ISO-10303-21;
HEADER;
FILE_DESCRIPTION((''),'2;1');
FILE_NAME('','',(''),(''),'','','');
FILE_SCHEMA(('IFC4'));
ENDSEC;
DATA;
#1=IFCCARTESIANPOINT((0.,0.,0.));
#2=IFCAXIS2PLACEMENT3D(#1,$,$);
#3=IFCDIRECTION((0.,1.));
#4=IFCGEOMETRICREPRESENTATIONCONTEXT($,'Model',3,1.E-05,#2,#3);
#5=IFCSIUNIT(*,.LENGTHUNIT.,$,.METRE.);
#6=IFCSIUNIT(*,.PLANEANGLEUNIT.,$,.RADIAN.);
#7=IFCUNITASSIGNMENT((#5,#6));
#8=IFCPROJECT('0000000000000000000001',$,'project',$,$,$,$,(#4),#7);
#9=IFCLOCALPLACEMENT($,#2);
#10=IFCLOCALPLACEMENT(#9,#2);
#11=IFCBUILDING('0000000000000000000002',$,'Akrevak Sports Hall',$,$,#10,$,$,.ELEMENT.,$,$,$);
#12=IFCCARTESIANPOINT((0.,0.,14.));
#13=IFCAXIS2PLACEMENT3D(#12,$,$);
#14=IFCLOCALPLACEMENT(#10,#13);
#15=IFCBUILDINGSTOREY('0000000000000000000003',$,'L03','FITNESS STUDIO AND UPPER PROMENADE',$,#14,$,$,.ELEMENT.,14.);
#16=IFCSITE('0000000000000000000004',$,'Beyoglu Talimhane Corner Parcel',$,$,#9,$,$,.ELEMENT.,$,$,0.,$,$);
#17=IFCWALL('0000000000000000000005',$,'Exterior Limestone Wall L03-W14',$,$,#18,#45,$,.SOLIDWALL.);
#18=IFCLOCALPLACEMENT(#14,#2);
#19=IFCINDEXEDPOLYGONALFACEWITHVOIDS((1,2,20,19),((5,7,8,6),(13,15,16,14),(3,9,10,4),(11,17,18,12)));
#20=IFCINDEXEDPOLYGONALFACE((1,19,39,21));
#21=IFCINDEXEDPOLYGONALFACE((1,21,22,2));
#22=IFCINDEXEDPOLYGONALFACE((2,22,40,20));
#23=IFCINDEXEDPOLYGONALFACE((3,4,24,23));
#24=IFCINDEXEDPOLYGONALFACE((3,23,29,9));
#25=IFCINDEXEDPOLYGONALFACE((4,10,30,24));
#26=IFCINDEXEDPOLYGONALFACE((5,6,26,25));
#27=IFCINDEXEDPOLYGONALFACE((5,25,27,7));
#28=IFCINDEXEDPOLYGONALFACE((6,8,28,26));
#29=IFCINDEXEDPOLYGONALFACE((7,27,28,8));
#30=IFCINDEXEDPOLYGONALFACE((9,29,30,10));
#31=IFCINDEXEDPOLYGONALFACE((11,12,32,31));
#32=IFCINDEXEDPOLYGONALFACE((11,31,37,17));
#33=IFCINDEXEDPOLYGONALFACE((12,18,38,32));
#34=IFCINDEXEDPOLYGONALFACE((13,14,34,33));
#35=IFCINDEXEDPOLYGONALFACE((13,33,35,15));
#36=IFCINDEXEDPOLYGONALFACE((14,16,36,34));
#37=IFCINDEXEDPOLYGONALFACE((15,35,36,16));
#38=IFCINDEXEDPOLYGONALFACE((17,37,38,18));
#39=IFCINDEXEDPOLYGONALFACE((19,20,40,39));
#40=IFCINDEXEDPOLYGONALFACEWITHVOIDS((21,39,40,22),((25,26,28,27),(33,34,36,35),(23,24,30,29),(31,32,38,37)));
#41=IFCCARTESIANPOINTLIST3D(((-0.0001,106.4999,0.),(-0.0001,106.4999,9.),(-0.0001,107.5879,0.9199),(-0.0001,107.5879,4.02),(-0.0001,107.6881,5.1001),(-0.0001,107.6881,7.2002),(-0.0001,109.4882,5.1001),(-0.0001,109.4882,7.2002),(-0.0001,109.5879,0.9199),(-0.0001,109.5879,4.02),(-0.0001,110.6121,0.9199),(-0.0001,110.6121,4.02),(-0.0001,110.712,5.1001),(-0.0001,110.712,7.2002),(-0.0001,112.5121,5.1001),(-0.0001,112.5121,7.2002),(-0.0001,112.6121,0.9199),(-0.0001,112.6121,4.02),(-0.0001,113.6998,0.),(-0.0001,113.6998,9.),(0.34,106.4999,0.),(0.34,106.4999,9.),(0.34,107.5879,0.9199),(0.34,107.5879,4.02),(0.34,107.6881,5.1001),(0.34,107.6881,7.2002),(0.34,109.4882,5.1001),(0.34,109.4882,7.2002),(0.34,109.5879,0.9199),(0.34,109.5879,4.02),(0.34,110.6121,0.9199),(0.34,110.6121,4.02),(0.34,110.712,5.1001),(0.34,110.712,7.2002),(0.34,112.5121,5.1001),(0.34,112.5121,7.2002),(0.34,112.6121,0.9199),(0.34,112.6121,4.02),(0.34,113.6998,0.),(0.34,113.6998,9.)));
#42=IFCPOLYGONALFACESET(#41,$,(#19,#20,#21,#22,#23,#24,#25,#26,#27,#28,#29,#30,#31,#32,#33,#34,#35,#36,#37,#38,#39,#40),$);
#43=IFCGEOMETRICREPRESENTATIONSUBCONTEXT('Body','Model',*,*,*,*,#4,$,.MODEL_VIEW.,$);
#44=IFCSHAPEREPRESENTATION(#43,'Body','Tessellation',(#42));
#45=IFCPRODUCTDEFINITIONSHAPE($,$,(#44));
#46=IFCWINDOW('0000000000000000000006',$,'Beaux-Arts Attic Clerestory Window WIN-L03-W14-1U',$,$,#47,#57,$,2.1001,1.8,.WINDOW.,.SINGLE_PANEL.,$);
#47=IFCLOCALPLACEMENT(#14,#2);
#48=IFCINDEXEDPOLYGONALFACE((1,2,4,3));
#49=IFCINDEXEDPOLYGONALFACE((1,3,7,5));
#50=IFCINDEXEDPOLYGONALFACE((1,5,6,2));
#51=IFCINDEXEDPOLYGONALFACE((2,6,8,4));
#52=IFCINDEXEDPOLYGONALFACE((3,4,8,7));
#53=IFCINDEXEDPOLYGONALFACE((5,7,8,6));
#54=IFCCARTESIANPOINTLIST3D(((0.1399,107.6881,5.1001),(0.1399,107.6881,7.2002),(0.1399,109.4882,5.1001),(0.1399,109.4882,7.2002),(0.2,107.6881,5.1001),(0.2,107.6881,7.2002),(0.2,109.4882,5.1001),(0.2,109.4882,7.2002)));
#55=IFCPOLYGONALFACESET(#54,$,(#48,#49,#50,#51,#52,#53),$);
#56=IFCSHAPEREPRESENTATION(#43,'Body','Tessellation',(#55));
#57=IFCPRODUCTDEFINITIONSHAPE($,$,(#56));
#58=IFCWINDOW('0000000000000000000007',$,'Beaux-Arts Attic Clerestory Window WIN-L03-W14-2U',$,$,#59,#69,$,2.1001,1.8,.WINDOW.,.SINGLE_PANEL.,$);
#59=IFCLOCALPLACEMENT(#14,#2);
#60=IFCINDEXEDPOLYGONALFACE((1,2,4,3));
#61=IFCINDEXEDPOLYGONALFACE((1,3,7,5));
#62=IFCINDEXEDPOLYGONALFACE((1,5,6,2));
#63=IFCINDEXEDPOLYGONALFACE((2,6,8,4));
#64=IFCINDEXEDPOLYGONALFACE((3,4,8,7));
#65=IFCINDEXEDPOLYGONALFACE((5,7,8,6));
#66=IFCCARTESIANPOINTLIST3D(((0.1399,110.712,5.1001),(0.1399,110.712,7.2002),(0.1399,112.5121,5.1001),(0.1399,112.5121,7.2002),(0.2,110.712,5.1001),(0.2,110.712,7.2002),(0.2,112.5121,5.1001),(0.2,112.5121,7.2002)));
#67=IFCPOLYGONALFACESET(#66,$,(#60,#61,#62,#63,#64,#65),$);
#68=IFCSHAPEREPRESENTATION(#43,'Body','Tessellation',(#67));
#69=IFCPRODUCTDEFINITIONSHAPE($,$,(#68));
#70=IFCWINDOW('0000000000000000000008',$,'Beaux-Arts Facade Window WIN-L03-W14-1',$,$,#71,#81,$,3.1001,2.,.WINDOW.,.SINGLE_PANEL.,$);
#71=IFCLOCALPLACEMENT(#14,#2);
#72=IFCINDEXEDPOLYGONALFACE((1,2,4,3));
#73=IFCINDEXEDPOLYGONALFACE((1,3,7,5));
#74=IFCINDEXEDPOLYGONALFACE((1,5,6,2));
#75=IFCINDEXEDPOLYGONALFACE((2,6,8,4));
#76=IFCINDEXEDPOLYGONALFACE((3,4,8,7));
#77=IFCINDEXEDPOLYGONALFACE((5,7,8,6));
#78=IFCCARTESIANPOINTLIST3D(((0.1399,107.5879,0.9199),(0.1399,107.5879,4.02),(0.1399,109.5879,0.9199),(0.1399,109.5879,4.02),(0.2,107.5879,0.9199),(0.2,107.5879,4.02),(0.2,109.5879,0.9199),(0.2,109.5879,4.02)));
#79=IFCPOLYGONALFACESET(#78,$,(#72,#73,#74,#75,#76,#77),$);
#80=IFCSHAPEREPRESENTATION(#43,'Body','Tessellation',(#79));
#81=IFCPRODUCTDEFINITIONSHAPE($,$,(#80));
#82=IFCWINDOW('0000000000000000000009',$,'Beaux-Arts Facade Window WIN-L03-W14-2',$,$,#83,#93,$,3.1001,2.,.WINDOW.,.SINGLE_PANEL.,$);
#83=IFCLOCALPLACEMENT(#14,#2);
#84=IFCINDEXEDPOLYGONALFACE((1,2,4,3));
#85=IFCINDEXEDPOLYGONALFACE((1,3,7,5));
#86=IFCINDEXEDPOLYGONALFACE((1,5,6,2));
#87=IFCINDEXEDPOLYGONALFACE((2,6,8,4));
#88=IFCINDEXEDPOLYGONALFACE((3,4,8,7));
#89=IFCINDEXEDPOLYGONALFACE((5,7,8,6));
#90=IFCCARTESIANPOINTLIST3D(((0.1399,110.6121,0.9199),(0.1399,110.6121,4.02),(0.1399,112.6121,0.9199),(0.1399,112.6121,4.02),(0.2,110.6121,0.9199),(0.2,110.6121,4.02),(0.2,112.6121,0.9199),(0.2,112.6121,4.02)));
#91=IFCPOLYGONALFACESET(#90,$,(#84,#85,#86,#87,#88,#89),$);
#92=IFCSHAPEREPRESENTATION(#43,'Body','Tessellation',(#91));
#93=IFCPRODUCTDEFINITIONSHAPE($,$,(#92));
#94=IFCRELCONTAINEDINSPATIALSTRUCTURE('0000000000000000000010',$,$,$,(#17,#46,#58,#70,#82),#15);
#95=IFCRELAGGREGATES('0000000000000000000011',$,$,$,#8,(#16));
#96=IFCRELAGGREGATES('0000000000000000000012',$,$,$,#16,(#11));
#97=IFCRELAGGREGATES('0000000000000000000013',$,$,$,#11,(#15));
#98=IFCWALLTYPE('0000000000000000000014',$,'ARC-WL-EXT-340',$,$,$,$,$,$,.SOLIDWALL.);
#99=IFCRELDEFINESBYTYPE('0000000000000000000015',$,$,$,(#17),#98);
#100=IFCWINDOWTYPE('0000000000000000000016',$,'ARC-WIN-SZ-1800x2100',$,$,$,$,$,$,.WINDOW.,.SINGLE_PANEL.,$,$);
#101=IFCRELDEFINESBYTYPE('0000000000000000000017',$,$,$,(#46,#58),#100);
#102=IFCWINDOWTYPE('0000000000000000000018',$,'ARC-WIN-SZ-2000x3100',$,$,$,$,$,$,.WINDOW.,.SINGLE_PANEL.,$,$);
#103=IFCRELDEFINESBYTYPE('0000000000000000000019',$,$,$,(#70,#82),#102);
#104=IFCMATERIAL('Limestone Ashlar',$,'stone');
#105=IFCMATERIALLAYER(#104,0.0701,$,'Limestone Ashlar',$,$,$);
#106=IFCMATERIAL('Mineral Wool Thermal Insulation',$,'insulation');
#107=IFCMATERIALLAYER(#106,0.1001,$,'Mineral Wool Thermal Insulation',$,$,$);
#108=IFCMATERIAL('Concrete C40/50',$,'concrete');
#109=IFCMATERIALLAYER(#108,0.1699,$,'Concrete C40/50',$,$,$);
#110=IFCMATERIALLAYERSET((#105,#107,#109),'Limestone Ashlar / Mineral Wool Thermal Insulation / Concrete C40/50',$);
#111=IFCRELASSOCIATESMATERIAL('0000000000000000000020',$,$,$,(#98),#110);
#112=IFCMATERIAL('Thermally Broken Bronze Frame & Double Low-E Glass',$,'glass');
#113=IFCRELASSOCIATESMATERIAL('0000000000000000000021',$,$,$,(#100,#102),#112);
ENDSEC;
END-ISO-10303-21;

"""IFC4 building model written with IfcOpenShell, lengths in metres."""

from ifc_helpers import new_model, si_unit, direction, frame, frame_2d, origin, place, context, subcontext, project, spatial, rectangle, extrude, material, layer, layer_set, type_object, element, fill, save


model = new_model("IFC4")

# Units and contexts
model_context = context("Model", 3, precision=1e-05, world=origin(), true_north=direction((0.0, 1.0)))
body_context = subcontext(model_context, "Body", "Model", "MODEL_VIEW")
ifc_project = project(units=[si_unit("LENGTHUNIT", "METRE"), si_unit("PLANEANGLEUNIT", "RADIAN")], contexts=[model_context])

# Site, building, storey
site_placement = place(None, origin())
site = spatial("IfcSite", under=ifc_project, at=site_placement, Name="Beyoglu Talimhane Corner Parcel", CompositionType="ELEMENT", RefElevation=0.0)
building_placement = place(site_placement, origin())
building = spatial("IfcBuilding", under=site, at=building_placement, Name="Akrevak Sports Hall", CompositionType="ELEMENT")
storey_placement = place(building_placement, frame((0.0, 0.0, 14.0)))
storey = spatial("IfcBuildingStorey", under=building, at=storey_placement, Name="L03", Description="FITNESS STUDIO AND UPPER PROMENADE", CompositionType="ELEMENT", Elevation=14.0)

# Shared definitions
ifc_material_1 = material(Name="Concrete C40/50", Category="concrete")

# Wall, openings, windows
ifc_material_2 = material(Name="Limestone Ashlar", Category="stone")
ifc_layer_1 = layer(ifc_material_2, 0.0701, Name="Limestone Ashlar")
ifc_material_3 = material(Name="Mineral Wool Thermal Insulation", Category="insulation")
ifc_layer_2 = layer(ifc_material_3, 0.1001, Name="Mineral Wool Thermal Insulation")
ifc_layer_3 = layer(ifc_material_1, 0.1699, Name="Concrete C40/50")
ifc_layer_set = layer_set([ifc_layer_1, ifc_layer_2, ifc_layer_3], Name="Limestone Ashlar / Mineral Wool Thermal Insulation / Concrete C40/50")
wall_type = type_object("IfcWallType", Name="ARC-WL-EXT-340", PredefinedType="SOLIDWALL", material=ifc_layer_set)
ifc_material_4 = material(Name="Thermally Broken Bronze Frame & Double Low-E Glass", Category="glass")
window_type_1 = type_object("IfcWindowType", Name="ARC-WIN-SZ-1800x2100", PartitioningType="SINGLE_PANEL", PredefinedType="WINDOW", material=ifc_material_4)
window_type_2 = type_object("IfcWindowType", Name="ARC-WIN-SZ-2000x3100", PartitioningType="SINGLE_PANEL", PredefinedType="WINDOW", material=ifc_material_4)
wall_1_placement = place(storey_placement, frame((0.1699, 113.7, 0.0), z_axis=(0.0, 0.0, 1.0), x_axis=(0.0, -1.0, 0.0)))
wall_1 = element("IfcWall", 1, at=wall_1_placement, inside=storey, type_object=wall_type, Name="Exterior Limestone Wall L03-W14", PredefinedType="SOLIDWALL", context=body_context, shape_type="SweptSolid", body=[
    extrude(rectangle(XDim=7.2, YDim=0.3401, at=frame_2d((3.6001, 0.0))), origin(), (0.0, 0.0, 1.0), 9.0),
])
opening_1_placement = place(wall_1_placement, frame((4.1121, 0.0, 0.9199)))
opening_1 = element("IfcOpeningElement", 2, at=opening_1_placement, cuts=wall_1, PredefinedType="OPENING", context=body_context, shape_type="SweptSolid", body=[
    extrude(rectangle(XDim=2.0, YDim=3.1001, at=frame_2d((1.0, 1.55))), frame((0.0, 0.1821, 0.0), z_axis=(0.0, -1.0, 0.0), x_axis=(1.0, 0.0, 0.0)), (0.0, 0.0, 1.0), 0.364),
])
opening_2_placement = place(wall_1_placement, frame((4.2119, 0.0, 5.1001)))
opening_2 = element("IfcOpeningElement", 3, at=opening_2_placement, cuts=wall_1, PredefinedType="OPENING", context=body_context, shape_type="SweptSolid", body=[
    extrude(rectangle(XDim=1.8, YDim=2.1001, at=frame_2d((0.8999, 1.05))), frame((0.0, 0.1821, 0.0), z_axis=(0.0, -1.0, 0.0), x_axis=(1.0, 0.0, 0.0)), (0.0, 0.0, 1.0), 0.364),
])
opening_3_placement = place(wall_1_placement, frame((1.0879, 0.0, 0.9199)))
opening_3 = element("IfcOpeningElement", 4, at=opening_3_placement, cuts=wall_1, PredefinedType="OPENING", context=body_context, shape_type="SweptSolid", body=[
    extrude(rectangle(XDim=2.0, YDim=3.1001, at=frame_2d((1.0, 1.55))), frame((0.0, 0.1821, 0.0), z_axis=(0.0, -1.0, 0.0), x_axis=(1.0, 0.0, 0.0)), (0.0, 0.0, 1.0), 0.364),
])
opening_4_placement = place(wall_1_placement, frame((1.188, 0.0, 5.1001)))
opening_4 = element("IfcOpeningElement", 5, at=opening_4_placement, cuts=wall_1, PredefinedType="OPENING", context=body_context, shape_type="SweptSolid", body=[
    extrude(rectangle(XDim=1.8, YDim=2.1001, at=frame_2d((0.8999, 1.05))), frame((0.0, 0.1821, 0.0), z_axis=(0.0, -1.0, 0.0), x_axis=(1.0, 0.0, 0.0)), (0.0, 0.0, 1.0), 0.364),
])
window_1_placement = place(opening_2_placement, origin())
window_1 = element("IfcWindow", 6, at=window_1_placement, inside=storey, type_object=window_type_1, Name="Beaux-Arts Attic Clerestory Window WIN-L03-W14-1U", OverallHeight=2.1001, OverallWidth=1.8, PartitioningType="SINGLE_PANEL", PredefinedType="WINDOW", context=body_context, shape_type="SweptSolid", body=[
    extrude(rectangle(XDim=1.8, YDim=2.1001, at=frame_2d((0.8999, 1.05))), frame((0.0, 0.03, 0.0), z_axis=(0.0, -1.0, 0.0), x_axis=(1.0, 0.0, 0.0)), (0.0, 0.0, 1.0), 0.0601),
])
fill(opening_2, window_1)
window_2_placement = place(opening_4_placement, origin())
window_2 = element("IfcWindow", 7, at=window_2_placement, inside=storey, type_object=window_type_1, Name="Beaux-Arts Attic Clerestory Window WIN-L03-W14-2U", OverallHeight=2.1001, OverallWidth=1.8, PartitioningType="SINGLE_PANEL", PredefinedType="WINDOW", context=body_context, shape_type="SweptSolid", body=[
    extrude(rectangle(XDim=1.8, YDim=2.1001, at=frame_2d((0.8999, 1.05))), frame((0.0, 0.03, 0.0), z_axis=(0.0, -1.0, 0.0), x_axis=(1.0, 0.0, 0.0)), (0.0, 0.0, 1.0), 0.0601),
])
fill(opening_4, window_2)
window_3_placement = place(opening_1_placement, origin())
window_3 = element("IfcWindow", 8, at=window_3_placement, inside=storey, type_object=window_type_2, Name="Beaux-Arts Facade Window WIN-L03-W14-1", OverallHeight=3.1001, OverallWidth=2.0, PartitioningType="SINGLE_PANEL", PredefinedType="WINDOW", context=body_context, shape_type="SweptSolid", body=[
    extrude(rectangle(XDim=2.0, YDim=3.1001, at=frame_2d((1.0, 1.55))), frame((0.0, 0.03, 0.0), z_axis=(0.0, -1.0, 0.0), x_axis=(1.0, 0.0, 0.0)), (0.0, 0.0, 1.0), 0.0601),
])
fill(opening_1, window_3)
window_4_placement = place(opening_3_placement, origin())
window_4 = element("IfcWindow", 9, at=window_4_placement, inside=storey, type_object=window_type_2, Name="Beaux-Arts Facade Window WIN-L03-W14-2", OverallHeight=3.1001, OverallWidth=2.0, PartitioningType="SINGLE_PANEL", PredefinedType="WINDOW", context=body_context, shape_type="SweptSolid", body=[
    extrude(rectangle(XDim=2.0, YDim=3.1001, at=frame_2d((1.0, 1.55))), frame((0.0, 0.03, 0.0), z_axis=(0.0, -1.0, 0.0), x_axis=(1.0, 0.0, 0.0)), (0.0, 0.0, 1.0), 0.0601),
])
fill(opening_3, window_4)

save(model, "model.ifc")
